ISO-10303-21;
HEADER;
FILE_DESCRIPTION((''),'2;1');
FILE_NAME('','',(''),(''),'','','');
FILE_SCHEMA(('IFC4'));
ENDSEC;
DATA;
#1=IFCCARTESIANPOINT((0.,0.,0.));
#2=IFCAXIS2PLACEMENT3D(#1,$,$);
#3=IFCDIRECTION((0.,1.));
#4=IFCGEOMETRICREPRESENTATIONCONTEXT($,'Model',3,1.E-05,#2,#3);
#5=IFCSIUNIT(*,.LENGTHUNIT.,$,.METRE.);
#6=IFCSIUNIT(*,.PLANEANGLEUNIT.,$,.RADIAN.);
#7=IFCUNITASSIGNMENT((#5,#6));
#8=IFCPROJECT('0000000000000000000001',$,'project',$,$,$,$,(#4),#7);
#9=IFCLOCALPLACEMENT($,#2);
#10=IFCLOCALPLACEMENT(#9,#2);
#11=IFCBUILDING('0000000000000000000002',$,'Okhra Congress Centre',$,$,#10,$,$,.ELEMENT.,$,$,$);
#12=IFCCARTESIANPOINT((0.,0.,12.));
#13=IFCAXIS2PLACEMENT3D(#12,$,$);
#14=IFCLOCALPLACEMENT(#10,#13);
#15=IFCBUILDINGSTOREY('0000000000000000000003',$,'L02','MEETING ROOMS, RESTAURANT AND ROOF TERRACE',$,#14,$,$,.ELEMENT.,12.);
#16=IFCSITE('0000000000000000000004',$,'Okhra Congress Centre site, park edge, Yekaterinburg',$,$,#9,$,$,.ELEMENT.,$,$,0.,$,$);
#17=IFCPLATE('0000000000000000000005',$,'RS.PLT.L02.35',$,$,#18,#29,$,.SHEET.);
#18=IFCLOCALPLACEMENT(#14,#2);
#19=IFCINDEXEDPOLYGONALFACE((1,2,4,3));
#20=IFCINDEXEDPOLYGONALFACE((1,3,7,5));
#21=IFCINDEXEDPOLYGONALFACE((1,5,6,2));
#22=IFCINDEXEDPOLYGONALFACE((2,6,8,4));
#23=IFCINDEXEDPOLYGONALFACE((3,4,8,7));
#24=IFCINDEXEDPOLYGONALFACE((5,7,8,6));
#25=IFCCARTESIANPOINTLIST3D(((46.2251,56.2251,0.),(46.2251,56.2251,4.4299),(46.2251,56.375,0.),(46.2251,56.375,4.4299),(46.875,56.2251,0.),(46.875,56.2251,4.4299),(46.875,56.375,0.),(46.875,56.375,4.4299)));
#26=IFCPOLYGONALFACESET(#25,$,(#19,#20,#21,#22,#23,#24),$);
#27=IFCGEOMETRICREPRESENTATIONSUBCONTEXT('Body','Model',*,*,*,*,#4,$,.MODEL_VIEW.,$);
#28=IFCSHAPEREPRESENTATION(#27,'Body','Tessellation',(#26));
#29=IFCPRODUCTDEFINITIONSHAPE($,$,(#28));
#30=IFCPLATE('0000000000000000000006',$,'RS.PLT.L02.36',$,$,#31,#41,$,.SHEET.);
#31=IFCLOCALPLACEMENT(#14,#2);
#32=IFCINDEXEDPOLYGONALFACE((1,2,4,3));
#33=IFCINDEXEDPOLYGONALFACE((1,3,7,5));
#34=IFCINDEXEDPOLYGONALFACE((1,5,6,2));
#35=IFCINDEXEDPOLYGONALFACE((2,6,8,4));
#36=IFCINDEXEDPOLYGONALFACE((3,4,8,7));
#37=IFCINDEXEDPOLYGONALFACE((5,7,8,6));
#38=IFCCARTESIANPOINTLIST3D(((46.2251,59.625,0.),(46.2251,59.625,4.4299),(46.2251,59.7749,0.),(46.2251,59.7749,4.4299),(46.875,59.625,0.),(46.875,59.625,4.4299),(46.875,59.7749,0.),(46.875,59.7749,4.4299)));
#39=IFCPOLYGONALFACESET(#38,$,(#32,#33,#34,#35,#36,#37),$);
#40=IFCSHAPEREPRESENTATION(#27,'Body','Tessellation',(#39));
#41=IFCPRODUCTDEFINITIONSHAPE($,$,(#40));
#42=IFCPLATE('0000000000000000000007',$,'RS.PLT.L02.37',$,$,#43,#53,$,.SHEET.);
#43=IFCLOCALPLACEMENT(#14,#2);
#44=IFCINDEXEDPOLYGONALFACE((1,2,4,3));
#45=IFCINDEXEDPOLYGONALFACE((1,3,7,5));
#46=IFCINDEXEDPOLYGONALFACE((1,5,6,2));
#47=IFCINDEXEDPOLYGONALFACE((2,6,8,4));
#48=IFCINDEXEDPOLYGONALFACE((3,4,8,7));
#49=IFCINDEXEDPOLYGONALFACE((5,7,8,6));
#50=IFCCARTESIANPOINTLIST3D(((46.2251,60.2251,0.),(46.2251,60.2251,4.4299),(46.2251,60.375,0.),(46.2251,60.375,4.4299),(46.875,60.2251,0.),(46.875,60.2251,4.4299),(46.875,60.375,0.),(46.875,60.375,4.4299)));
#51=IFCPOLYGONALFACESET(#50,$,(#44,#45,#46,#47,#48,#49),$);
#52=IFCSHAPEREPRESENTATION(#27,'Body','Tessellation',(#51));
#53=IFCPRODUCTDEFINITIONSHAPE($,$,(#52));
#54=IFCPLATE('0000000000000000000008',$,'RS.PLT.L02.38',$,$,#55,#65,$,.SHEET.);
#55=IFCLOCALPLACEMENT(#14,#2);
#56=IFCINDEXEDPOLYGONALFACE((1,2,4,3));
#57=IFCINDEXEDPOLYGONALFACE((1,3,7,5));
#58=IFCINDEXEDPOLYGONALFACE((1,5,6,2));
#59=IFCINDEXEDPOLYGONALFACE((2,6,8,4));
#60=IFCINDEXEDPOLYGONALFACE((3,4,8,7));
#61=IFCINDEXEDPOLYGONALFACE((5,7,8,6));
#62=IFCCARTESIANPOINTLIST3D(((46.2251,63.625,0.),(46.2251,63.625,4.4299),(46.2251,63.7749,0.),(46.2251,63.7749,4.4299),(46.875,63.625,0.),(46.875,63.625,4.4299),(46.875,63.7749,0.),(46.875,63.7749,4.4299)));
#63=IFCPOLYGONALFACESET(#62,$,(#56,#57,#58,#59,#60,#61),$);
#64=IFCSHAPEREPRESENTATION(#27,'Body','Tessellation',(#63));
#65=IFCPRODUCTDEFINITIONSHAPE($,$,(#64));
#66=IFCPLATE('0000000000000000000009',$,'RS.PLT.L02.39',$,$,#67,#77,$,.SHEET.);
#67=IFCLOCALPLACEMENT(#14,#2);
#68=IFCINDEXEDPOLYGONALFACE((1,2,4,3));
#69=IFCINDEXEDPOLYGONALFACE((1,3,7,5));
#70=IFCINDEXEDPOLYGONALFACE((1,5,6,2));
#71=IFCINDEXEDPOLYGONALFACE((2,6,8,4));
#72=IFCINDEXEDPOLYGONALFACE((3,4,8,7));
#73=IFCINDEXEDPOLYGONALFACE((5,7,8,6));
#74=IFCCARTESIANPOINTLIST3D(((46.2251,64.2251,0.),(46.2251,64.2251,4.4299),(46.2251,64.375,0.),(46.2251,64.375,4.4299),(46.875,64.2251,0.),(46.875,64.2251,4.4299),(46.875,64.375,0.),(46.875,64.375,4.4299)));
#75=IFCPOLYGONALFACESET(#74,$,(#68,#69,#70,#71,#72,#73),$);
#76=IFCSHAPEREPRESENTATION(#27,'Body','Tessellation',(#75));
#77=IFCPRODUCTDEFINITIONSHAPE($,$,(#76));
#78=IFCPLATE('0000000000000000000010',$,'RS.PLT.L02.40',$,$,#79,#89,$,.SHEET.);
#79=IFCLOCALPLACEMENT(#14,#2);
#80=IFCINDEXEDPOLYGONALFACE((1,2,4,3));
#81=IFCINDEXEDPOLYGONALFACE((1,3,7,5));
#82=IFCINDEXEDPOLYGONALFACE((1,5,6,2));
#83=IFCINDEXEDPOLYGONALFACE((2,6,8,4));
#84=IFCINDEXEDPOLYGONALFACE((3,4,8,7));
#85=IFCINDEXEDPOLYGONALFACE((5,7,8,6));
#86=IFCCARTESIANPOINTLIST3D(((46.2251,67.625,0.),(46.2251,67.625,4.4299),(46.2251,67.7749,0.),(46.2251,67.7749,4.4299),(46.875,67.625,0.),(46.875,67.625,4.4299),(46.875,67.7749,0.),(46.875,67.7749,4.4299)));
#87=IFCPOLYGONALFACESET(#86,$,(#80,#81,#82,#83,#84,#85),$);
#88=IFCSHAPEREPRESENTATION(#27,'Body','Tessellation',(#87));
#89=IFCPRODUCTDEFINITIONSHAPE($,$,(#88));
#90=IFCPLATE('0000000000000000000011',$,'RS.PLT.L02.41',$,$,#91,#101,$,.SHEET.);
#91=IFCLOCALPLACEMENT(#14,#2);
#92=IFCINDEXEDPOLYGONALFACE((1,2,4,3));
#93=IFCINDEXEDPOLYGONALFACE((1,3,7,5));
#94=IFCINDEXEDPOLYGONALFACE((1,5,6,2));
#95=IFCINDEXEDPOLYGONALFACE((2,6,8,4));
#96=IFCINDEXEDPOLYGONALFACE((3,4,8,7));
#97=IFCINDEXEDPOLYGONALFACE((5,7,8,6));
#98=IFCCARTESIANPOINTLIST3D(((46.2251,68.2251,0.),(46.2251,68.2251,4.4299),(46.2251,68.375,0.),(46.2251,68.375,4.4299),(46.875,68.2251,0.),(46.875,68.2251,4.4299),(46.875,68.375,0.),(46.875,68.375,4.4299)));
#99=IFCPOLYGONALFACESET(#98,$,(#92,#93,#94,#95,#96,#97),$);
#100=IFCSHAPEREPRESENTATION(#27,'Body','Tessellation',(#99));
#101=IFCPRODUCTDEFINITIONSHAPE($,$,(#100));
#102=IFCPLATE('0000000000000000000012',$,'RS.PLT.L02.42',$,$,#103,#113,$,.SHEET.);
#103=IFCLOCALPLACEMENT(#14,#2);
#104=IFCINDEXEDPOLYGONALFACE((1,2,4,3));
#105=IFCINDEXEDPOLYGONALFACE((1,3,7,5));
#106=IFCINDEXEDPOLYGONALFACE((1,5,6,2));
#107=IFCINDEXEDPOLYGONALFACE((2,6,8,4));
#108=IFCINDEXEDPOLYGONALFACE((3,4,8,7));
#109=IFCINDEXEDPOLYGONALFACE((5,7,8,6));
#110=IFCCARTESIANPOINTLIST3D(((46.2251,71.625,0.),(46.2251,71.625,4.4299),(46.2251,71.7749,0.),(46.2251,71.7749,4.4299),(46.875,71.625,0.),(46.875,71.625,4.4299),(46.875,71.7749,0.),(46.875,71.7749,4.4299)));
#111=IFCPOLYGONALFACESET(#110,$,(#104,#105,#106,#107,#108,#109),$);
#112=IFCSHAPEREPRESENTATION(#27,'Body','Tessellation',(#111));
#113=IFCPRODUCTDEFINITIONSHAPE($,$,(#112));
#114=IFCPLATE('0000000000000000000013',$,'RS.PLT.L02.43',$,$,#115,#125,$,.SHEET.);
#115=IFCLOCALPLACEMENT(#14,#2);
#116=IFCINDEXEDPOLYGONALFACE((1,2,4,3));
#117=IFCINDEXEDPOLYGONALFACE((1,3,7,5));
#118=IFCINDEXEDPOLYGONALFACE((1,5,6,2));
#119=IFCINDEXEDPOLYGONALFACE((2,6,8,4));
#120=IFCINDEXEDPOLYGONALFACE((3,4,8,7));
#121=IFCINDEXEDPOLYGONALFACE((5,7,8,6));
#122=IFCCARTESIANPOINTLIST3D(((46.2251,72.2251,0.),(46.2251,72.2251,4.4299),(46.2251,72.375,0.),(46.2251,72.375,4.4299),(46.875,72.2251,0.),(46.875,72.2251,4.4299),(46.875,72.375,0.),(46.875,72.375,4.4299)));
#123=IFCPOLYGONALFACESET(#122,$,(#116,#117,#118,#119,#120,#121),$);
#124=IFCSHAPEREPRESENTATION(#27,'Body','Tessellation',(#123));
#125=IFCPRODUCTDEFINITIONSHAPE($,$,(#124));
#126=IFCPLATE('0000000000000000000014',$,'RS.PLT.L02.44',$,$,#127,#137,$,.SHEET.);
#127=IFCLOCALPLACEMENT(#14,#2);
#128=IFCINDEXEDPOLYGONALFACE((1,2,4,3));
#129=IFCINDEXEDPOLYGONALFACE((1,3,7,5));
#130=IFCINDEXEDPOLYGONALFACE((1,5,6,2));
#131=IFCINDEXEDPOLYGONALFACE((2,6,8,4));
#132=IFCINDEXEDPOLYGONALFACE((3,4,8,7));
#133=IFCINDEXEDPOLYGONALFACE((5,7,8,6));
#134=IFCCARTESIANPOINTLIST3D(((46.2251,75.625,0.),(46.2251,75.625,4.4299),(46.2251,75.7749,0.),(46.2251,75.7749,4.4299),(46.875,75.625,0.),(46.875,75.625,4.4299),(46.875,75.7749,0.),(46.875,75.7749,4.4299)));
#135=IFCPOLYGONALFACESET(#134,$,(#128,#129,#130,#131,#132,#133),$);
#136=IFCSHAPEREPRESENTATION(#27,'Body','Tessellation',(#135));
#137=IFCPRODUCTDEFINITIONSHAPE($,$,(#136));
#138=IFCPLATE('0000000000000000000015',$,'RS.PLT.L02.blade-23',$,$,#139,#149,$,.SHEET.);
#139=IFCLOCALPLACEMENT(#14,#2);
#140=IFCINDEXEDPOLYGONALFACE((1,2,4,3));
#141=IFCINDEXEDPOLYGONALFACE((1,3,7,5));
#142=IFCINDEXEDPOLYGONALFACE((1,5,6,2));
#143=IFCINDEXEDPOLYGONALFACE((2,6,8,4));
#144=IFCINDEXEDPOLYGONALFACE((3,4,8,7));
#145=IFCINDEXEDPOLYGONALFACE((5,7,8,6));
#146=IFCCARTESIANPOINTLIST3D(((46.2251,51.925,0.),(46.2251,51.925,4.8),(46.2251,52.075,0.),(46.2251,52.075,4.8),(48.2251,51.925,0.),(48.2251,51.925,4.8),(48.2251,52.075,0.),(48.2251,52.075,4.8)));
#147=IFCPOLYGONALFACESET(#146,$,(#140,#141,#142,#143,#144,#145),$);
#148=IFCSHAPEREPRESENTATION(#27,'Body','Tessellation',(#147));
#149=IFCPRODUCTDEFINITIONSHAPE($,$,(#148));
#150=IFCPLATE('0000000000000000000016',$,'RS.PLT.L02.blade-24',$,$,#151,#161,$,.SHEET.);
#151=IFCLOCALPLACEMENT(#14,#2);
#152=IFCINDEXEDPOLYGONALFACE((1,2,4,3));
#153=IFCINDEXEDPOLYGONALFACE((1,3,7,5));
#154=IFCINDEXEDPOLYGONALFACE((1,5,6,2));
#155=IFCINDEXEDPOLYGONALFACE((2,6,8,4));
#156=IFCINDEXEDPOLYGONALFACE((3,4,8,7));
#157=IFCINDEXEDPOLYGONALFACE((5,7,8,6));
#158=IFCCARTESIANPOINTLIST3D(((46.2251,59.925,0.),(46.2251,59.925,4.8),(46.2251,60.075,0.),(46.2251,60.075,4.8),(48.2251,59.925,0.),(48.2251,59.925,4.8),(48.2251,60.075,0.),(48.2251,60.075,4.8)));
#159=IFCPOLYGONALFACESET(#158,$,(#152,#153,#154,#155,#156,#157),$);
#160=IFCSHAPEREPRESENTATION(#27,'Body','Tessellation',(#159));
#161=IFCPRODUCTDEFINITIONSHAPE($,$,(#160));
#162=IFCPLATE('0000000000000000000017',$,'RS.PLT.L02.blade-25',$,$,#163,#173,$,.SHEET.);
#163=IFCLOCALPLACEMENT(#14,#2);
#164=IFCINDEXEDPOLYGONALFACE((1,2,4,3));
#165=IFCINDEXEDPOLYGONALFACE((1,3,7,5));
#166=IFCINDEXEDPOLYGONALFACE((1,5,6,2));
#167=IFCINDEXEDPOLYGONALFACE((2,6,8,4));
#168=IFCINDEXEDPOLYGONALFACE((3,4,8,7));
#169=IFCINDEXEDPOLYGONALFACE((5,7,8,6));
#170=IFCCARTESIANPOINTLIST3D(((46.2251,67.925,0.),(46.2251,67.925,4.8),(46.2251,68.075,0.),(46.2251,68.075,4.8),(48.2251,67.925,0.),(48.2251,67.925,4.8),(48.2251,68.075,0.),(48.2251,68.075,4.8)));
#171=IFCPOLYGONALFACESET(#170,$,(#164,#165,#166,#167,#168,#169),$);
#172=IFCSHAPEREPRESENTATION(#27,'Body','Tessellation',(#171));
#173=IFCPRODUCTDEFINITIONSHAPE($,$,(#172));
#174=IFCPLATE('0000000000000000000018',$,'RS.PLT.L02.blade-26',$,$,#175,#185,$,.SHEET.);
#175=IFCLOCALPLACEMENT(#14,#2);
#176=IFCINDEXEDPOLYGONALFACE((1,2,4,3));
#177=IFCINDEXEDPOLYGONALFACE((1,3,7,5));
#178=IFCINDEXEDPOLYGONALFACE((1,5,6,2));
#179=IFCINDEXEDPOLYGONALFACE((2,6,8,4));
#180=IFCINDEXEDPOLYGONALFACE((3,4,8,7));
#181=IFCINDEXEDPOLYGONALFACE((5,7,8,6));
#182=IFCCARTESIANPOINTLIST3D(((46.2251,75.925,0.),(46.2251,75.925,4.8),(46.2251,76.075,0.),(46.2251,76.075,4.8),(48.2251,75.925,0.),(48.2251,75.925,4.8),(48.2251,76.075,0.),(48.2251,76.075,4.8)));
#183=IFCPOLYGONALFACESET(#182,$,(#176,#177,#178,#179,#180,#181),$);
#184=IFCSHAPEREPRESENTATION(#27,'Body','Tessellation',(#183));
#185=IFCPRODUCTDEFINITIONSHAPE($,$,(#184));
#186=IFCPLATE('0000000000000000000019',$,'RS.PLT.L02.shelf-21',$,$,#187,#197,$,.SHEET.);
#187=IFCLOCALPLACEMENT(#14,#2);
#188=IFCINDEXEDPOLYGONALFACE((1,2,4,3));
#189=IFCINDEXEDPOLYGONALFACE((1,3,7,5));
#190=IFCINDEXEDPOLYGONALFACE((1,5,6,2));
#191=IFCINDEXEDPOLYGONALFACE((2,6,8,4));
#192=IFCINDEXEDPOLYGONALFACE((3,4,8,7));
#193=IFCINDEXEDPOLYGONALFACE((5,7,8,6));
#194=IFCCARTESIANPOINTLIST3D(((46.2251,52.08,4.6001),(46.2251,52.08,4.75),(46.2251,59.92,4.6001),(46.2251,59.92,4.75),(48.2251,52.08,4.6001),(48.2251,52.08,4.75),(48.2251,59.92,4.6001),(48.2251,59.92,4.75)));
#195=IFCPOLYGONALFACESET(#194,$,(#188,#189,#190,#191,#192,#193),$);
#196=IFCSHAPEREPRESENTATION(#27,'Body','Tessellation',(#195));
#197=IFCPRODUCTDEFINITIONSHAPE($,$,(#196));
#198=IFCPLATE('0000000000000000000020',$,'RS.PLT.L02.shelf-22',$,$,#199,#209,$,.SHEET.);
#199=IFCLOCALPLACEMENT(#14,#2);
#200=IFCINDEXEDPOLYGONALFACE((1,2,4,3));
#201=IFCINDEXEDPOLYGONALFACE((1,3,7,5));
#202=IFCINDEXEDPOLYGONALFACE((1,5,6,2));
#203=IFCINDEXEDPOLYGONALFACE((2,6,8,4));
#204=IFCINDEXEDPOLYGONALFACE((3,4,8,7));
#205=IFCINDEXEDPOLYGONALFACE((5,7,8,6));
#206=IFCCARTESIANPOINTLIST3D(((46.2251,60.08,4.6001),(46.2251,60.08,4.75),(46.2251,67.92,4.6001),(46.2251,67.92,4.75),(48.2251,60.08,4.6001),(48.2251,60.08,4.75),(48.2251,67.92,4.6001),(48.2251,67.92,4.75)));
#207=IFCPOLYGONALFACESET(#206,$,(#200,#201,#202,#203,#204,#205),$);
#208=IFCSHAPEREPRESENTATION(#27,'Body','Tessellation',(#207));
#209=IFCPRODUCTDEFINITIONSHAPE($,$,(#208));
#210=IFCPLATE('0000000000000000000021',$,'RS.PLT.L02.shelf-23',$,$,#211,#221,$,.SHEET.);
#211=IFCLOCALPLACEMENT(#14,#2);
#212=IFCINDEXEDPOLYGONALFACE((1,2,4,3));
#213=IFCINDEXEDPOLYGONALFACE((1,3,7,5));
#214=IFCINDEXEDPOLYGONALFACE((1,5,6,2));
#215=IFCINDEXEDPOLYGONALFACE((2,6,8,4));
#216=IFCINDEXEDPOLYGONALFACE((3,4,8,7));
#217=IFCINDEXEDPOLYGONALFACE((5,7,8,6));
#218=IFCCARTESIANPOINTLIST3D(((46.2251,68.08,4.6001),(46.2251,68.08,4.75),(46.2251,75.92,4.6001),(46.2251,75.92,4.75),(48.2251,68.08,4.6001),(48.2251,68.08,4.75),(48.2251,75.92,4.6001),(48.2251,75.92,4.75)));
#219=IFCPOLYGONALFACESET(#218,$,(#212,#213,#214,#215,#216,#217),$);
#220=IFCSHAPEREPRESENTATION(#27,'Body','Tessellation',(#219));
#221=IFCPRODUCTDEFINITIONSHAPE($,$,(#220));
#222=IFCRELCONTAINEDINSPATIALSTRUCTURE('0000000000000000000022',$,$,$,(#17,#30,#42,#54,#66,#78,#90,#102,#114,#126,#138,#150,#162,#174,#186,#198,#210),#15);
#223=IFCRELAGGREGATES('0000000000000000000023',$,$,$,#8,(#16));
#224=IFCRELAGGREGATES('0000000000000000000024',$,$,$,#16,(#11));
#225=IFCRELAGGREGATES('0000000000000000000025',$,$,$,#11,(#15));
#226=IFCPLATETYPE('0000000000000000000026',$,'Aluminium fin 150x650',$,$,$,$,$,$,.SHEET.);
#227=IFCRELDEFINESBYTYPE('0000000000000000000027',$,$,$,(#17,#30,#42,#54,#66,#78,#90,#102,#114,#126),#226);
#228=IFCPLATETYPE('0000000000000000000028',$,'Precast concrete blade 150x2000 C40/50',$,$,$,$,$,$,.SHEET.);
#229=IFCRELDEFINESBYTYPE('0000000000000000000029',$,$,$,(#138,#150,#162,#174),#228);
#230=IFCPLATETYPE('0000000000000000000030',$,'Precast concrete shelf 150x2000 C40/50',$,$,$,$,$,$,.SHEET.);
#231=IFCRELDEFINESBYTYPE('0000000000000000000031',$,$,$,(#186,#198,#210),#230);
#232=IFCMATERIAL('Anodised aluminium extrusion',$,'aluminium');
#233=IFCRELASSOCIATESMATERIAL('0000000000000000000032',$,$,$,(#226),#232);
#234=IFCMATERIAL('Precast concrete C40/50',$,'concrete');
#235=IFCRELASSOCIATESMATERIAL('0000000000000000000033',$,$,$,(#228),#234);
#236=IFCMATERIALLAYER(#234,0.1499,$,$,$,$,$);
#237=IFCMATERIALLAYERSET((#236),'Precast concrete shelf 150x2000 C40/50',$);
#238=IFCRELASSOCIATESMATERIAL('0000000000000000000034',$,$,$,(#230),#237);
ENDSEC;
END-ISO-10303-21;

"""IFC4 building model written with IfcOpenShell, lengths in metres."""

from ifc_helpers import new_model, si_unit, direction, frame, origin, origin_2d, place, context, subcontext, project, spatial, rectangle, extrude, material, layer, layer_set, type_object, element, save


model = new_model("IFC4")

# Units and contexts
model_context = context("Model", 3, precision=1e-05, world=origin(), true_north=direction((0.0, 1.0)))
body_context = subcontext(model_context, "Body", "Model", "MODEL_VIEW")
ifc_project = project(units=[si_unit("LENGTHUNIT", "METRE"), si_unit("PLANEANGLEUNIT", "RADIAN")], contexts=[model_context])

# Site, building, storey
site_placement = place(None, origin())
site = spatial("IfcSite", under=ifc_project, at=site_placement, Name="Okhra Congress Centre site, park edge, Yekaterinburg", CompositionType="ELEMENT", RefElevation=0.0)
building_placement = place(site_placement, origin())
building = spatial("IfcBuilding", under=site, at=building_placement, Name="Okhra Congress Centre", CompositionType="ELEMENT")
storey_placement = place(building_placement, frame((0.0, 0.0, 12.0)))
storey = spatial("IfcBuildingStorey", under=building, at=storey_placement, Name="L02", Description="MEETING ROOMS, RESTAURANT AND ROOF TERRACE", CompositionType="ELEMENT", Elevation=12.0)

# Plates
ifc_material_1 = material(Name="Anodised aluminium extrusion", Category="aluminium")
plate_type_1 = type_object("IfcPlateType", Name="Aluminium fin 150x650", PredefinedType="SHEET", material=ifc_material_1)
for number, where, z_axis, x_axis, name in (
    (1, (46.55, 56.3, 0.0), (0.0, 0.0, 1.0), (0.0, 1.0, 0.0), "RS.PLT.L02.35"),
    (2, (46.55, 59.7, 0.0), (0.0, 0.0, 1.0), (0.0, 1.0, 0.0), "RS.PLT.L02.36"),
    (3, (46.55, 60.3, 0.0), (0.0, 0.0, 1.0), (0.0, 1.0, 0.0), "RS.PLT.L02.37"),
    (4, (46.55, 63.7, 0.0), (0.0, 0.0, 1.0), (0.0, 1.0, 0.0), "RS.PLT.L02.38"),
    (5, (46.55, 64.3, 0.0), (0.0, 0.0, 1.0), (0.0, 1.0, 0.0), "RS.PLT.L02.39"),
    (6, (46.55, 67.7, 0.0), (0.0, 0.0, 1.0), (0.0, 1.0, 0.0), "RS.PLT.L02.40"),
    (7, (46.55, 68.3, 0.0), (0.0, 0.0, 1.0), (0.0, 1.0, 0.0), "RS.PLT.L02.41"),
    (8, (46.55, 71.7, 0.0), (0.0, 0.0, 1.0), (0.0, 1.0, 0.0), "RS.PLT.L02.42"),
    (9, (46.55, 72.3, 0.0), (0.0, 0.0, 1.0), (0.0, 1.0, 0.0), "RS.PLT.L02.43"),
    (10, (46.55, 75.7, 0.0), (0.0, 0.0, 1.0), (0.0, 1.0, 0.0), "RS.PLT.L02.44"),
):
    element("IfcPlate", number, at=place(storey_placement, frame(where, z_axis=z_axis, x_axis=x_axis)), inside=storey, type_object=plate_type_1, Name=name, PredefinedType="SHEET", context=body_context, shape_type="SweptSolid", body=[
        extrude(rectangle(XDim=0.1499, YDim=0.6499, at=origin_2d()), origin(), (0.0, 0.0, 1.0), 4.4299),
    ])
ifc_material_2 = material(Name="Precast concrete C40/50", Category="concrete")
plate_type_2 = type_object("IfcPlateType", Name="Precast concrete blade 150x2000 C40/50", PredefinedType="SHEET", material=ifc_material_2)
for number, where, z_axis, x_axis, name in (
    (11, (47.2251, 52.0, 0.0), (0.0, 0.0, 1.0), (0.0, 1.0, 0.0), "RS.PLT.L02.blade-23"),
    (12, (47.2251, 60.0, 0.0), (0.0, 0.0, 1.0), (0.0, 1.0, 0.0), "RS.PLT.L02.blade-24"),
    (13, (47.2251, 68.0, 0.0), (0.0, 0.0, 1.0), (0.0, 1.0, 0.0), "RS.PLT.L02.blade-25"),
    (14, (47.2251, 76.0, 0.0), (0.0, 0.0, 1.0), (0.0, 1.0, 0.0), "RS.PLT.L02.blade-26"),
):
    element("IfcPlate", number, at=place(storey_placement, frame(where, z_axis=z_axis, x_axis=x_axis)), inside=storey, type_object=plate_type_2, Name=name, PredefinedType="SHEET", context=body_context, shape_type="SweptSolid", body=[
        extrude(rectangle(XDim=0.1499, YDim=2.0, at=origin_2d()), origin(), (0.0, 0.0, 1.0), 4.8),
    ])
ifc_layer_1 = layer(ifc_material_2, 0.1499)
ifc_layer_set_1 = layer_set([ifc_layer_1], Name="Precast concrete shelf 150x2000 C40/50")
plate_type_3 = type_object("IfcPlateType", Name="Precast concrete shelf 150x2000 C40/50", PredefinedType="SHEET", material=ifc_layer_set_1)
for number, where, z_axis, x_axis, name in (
    (15, (47.2251, 56.0, 4.6001), (0.0, 0.0, 1.0), (0.0, 1.0, 0.0), "RS.PLT.L02.shelf-21"),
    (16, (47.2251, 64.0, 4.6001), (0.0, 0.0, 1.0), (0.0, 1.0, 0.0), "RS.PLT.L02.shelf-22"),
    (17, (47.2251, 72.0, 4.6001), (0.0, 0.0, 1.0), (0.0, 1.0, 0.0), "RS.PLT.L02.shelf-23"),
):
    element("IfcPlate", number, at=place(storey_placement, frame(where, z_axis=z_axis, x_axis=x_axis)), inside=storey, type_object=plate_type_3, Name=name, PredefinedType="SHEET", context=body_context, shape_type="SweptSolid", body=[
        extrude(rectangle(XDim=7.8401, YDim=2.0, at=origin_2d()), origin(), (0.0, 0.0, 1.0), 0.1499),
    ])

save(model, "model.ifc")
